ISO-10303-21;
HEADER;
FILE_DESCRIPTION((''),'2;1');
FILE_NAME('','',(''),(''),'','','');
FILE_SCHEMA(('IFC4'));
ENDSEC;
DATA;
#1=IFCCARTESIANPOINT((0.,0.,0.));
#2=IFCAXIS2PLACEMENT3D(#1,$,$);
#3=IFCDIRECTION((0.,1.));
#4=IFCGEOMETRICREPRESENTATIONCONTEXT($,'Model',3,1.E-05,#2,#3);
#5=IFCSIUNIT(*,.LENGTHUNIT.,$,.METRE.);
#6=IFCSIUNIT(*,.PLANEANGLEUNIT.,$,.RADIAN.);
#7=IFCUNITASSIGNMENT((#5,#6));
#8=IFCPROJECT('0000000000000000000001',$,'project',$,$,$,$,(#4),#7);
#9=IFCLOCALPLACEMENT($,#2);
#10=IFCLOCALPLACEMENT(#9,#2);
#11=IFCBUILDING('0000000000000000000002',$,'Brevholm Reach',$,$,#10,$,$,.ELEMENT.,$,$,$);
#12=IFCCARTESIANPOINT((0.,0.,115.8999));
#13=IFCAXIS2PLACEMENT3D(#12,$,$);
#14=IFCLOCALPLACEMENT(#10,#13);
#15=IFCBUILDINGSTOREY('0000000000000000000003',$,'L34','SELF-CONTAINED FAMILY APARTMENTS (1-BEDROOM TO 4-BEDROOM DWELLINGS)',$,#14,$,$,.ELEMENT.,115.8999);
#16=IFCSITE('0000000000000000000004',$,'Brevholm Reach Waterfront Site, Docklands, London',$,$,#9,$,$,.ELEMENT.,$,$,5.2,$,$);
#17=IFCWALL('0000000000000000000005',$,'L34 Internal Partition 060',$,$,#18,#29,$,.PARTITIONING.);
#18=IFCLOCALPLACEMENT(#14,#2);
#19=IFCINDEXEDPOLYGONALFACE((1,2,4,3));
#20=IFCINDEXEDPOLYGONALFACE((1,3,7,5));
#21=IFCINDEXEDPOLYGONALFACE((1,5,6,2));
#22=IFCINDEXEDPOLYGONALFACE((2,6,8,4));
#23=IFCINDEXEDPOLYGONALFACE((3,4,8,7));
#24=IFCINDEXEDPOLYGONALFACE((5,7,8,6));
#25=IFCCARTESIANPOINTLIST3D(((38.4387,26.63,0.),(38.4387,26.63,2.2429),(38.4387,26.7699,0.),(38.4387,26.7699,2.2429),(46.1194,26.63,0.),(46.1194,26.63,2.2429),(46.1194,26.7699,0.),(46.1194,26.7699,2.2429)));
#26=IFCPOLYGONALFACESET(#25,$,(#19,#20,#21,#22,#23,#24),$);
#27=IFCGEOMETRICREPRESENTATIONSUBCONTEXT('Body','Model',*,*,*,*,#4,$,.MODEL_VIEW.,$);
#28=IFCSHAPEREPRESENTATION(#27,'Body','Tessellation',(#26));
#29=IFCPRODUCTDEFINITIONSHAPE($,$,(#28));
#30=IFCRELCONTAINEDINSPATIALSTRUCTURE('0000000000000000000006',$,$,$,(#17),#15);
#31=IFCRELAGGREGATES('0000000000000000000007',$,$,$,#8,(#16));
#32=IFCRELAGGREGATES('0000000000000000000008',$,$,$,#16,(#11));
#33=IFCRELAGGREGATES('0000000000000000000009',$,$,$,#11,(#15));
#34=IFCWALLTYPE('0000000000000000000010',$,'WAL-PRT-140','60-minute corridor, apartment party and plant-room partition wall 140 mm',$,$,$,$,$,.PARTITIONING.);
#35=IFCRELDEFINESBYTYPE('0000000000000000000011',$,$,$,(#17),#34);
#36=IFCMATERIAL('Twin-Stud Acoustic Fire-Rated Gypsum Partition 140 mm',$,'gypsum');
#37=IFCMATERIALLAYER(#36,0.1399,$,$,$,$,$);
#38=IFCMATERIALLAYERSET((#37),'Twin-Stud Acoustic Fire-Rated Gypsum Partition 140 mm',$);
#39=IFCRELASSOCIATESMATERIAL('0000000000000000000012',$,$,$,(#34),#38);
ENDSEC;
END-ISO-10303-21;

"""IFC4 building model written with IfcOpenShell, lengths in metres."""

from ifc_helpers import new_model, si_unit, direction, frame, frame_2d, origin, place, context, subcontext, project, spatial, rectangle, extrude, material, layer, layer_set, type_object, element, save


model = new_model("IFC4")

# Units and contexts
model_context = context("Model", 3, precision=1e-05, world=origin(), true_north=direction((0.0, 1.0)))
body_context = subcontext(model_context, "Body", "Model", "MODEL_VIEW")
ifc_project = project(units=[si_unit("LENGTHUNIT", "METRE"), si_unit("PLANEANGLEUNIT", "RADIAN")], contexts=[model_context])

# Site, building, storey
site_placement = place(None, origin())
site = spatial("IfcSite", under=ifc_project, at=site_placement, Name="Brevholm Reach Waterfront Site, Docklands, London", CompositionType="ELEMENT", RefElevation=5.2)
building_placement = place(site_placement, origin())
building = spatial("IfcBuilding", under=site, at=building_placement, Name="Brevholm Reach", CompositionType="ELEMENT")
storey_placement = place(building_placement, frame((0.0, 0.0, 115.8999)))
storey = spatial("IfcBuildingStorey", under=building, at=storey_placement, Name="L34", Description="SELF-CONTAINED FAMILY APARTMENTS (1-BEDROOM TO 4-BEDROOM DWELLINGS)", CompositionType="ELEMENT", Elevation=115.8999)

# Wall
ifc_material_1 = material(Name="Twin-Stud Acoustic Fire-Rated Gypsum Partition 140 mm", Category="gypsum")
ifc_layer_1 = layer(ifc_material_1, 0.1399)
ifc_layer_set_1 = layer_set([ifc_layer_1], Name="Twin-Stud Acoustic Fire-Rated Gypsum Partition 140 mm")
wall_type_1 = type_object("IfcWallType", Name="WAL-PRT-140", Description="60-minute corridor, apartment party and plant-room partition wall 140 mm", PredefinedType="PARTITIONING", material=ifc_layer_set_1)
wall_1_placement = place(storey_placement, frame((38.4387, 26.7, 0.0), z_axis=(0.0, 0.0, 1.0), x_axis=(1.0, 0.0, 0.0)))
element("IfcWall", 1, at=wall_1_placement, inside=storey, type_object=wall_type_1, Name="L34 Internal Partition 060", PredefinedType="PARTITIONING", context=body_context, shape_type="SweptSolid", body=[
    extrude(rectangle(XDim=7.6807, YDim=0.1399, at=frame_2d((3.8403, 0.0))), origin(), (0.0, 0.0, 1.0), 2.2429),
])

save(model, "model.ifc")
